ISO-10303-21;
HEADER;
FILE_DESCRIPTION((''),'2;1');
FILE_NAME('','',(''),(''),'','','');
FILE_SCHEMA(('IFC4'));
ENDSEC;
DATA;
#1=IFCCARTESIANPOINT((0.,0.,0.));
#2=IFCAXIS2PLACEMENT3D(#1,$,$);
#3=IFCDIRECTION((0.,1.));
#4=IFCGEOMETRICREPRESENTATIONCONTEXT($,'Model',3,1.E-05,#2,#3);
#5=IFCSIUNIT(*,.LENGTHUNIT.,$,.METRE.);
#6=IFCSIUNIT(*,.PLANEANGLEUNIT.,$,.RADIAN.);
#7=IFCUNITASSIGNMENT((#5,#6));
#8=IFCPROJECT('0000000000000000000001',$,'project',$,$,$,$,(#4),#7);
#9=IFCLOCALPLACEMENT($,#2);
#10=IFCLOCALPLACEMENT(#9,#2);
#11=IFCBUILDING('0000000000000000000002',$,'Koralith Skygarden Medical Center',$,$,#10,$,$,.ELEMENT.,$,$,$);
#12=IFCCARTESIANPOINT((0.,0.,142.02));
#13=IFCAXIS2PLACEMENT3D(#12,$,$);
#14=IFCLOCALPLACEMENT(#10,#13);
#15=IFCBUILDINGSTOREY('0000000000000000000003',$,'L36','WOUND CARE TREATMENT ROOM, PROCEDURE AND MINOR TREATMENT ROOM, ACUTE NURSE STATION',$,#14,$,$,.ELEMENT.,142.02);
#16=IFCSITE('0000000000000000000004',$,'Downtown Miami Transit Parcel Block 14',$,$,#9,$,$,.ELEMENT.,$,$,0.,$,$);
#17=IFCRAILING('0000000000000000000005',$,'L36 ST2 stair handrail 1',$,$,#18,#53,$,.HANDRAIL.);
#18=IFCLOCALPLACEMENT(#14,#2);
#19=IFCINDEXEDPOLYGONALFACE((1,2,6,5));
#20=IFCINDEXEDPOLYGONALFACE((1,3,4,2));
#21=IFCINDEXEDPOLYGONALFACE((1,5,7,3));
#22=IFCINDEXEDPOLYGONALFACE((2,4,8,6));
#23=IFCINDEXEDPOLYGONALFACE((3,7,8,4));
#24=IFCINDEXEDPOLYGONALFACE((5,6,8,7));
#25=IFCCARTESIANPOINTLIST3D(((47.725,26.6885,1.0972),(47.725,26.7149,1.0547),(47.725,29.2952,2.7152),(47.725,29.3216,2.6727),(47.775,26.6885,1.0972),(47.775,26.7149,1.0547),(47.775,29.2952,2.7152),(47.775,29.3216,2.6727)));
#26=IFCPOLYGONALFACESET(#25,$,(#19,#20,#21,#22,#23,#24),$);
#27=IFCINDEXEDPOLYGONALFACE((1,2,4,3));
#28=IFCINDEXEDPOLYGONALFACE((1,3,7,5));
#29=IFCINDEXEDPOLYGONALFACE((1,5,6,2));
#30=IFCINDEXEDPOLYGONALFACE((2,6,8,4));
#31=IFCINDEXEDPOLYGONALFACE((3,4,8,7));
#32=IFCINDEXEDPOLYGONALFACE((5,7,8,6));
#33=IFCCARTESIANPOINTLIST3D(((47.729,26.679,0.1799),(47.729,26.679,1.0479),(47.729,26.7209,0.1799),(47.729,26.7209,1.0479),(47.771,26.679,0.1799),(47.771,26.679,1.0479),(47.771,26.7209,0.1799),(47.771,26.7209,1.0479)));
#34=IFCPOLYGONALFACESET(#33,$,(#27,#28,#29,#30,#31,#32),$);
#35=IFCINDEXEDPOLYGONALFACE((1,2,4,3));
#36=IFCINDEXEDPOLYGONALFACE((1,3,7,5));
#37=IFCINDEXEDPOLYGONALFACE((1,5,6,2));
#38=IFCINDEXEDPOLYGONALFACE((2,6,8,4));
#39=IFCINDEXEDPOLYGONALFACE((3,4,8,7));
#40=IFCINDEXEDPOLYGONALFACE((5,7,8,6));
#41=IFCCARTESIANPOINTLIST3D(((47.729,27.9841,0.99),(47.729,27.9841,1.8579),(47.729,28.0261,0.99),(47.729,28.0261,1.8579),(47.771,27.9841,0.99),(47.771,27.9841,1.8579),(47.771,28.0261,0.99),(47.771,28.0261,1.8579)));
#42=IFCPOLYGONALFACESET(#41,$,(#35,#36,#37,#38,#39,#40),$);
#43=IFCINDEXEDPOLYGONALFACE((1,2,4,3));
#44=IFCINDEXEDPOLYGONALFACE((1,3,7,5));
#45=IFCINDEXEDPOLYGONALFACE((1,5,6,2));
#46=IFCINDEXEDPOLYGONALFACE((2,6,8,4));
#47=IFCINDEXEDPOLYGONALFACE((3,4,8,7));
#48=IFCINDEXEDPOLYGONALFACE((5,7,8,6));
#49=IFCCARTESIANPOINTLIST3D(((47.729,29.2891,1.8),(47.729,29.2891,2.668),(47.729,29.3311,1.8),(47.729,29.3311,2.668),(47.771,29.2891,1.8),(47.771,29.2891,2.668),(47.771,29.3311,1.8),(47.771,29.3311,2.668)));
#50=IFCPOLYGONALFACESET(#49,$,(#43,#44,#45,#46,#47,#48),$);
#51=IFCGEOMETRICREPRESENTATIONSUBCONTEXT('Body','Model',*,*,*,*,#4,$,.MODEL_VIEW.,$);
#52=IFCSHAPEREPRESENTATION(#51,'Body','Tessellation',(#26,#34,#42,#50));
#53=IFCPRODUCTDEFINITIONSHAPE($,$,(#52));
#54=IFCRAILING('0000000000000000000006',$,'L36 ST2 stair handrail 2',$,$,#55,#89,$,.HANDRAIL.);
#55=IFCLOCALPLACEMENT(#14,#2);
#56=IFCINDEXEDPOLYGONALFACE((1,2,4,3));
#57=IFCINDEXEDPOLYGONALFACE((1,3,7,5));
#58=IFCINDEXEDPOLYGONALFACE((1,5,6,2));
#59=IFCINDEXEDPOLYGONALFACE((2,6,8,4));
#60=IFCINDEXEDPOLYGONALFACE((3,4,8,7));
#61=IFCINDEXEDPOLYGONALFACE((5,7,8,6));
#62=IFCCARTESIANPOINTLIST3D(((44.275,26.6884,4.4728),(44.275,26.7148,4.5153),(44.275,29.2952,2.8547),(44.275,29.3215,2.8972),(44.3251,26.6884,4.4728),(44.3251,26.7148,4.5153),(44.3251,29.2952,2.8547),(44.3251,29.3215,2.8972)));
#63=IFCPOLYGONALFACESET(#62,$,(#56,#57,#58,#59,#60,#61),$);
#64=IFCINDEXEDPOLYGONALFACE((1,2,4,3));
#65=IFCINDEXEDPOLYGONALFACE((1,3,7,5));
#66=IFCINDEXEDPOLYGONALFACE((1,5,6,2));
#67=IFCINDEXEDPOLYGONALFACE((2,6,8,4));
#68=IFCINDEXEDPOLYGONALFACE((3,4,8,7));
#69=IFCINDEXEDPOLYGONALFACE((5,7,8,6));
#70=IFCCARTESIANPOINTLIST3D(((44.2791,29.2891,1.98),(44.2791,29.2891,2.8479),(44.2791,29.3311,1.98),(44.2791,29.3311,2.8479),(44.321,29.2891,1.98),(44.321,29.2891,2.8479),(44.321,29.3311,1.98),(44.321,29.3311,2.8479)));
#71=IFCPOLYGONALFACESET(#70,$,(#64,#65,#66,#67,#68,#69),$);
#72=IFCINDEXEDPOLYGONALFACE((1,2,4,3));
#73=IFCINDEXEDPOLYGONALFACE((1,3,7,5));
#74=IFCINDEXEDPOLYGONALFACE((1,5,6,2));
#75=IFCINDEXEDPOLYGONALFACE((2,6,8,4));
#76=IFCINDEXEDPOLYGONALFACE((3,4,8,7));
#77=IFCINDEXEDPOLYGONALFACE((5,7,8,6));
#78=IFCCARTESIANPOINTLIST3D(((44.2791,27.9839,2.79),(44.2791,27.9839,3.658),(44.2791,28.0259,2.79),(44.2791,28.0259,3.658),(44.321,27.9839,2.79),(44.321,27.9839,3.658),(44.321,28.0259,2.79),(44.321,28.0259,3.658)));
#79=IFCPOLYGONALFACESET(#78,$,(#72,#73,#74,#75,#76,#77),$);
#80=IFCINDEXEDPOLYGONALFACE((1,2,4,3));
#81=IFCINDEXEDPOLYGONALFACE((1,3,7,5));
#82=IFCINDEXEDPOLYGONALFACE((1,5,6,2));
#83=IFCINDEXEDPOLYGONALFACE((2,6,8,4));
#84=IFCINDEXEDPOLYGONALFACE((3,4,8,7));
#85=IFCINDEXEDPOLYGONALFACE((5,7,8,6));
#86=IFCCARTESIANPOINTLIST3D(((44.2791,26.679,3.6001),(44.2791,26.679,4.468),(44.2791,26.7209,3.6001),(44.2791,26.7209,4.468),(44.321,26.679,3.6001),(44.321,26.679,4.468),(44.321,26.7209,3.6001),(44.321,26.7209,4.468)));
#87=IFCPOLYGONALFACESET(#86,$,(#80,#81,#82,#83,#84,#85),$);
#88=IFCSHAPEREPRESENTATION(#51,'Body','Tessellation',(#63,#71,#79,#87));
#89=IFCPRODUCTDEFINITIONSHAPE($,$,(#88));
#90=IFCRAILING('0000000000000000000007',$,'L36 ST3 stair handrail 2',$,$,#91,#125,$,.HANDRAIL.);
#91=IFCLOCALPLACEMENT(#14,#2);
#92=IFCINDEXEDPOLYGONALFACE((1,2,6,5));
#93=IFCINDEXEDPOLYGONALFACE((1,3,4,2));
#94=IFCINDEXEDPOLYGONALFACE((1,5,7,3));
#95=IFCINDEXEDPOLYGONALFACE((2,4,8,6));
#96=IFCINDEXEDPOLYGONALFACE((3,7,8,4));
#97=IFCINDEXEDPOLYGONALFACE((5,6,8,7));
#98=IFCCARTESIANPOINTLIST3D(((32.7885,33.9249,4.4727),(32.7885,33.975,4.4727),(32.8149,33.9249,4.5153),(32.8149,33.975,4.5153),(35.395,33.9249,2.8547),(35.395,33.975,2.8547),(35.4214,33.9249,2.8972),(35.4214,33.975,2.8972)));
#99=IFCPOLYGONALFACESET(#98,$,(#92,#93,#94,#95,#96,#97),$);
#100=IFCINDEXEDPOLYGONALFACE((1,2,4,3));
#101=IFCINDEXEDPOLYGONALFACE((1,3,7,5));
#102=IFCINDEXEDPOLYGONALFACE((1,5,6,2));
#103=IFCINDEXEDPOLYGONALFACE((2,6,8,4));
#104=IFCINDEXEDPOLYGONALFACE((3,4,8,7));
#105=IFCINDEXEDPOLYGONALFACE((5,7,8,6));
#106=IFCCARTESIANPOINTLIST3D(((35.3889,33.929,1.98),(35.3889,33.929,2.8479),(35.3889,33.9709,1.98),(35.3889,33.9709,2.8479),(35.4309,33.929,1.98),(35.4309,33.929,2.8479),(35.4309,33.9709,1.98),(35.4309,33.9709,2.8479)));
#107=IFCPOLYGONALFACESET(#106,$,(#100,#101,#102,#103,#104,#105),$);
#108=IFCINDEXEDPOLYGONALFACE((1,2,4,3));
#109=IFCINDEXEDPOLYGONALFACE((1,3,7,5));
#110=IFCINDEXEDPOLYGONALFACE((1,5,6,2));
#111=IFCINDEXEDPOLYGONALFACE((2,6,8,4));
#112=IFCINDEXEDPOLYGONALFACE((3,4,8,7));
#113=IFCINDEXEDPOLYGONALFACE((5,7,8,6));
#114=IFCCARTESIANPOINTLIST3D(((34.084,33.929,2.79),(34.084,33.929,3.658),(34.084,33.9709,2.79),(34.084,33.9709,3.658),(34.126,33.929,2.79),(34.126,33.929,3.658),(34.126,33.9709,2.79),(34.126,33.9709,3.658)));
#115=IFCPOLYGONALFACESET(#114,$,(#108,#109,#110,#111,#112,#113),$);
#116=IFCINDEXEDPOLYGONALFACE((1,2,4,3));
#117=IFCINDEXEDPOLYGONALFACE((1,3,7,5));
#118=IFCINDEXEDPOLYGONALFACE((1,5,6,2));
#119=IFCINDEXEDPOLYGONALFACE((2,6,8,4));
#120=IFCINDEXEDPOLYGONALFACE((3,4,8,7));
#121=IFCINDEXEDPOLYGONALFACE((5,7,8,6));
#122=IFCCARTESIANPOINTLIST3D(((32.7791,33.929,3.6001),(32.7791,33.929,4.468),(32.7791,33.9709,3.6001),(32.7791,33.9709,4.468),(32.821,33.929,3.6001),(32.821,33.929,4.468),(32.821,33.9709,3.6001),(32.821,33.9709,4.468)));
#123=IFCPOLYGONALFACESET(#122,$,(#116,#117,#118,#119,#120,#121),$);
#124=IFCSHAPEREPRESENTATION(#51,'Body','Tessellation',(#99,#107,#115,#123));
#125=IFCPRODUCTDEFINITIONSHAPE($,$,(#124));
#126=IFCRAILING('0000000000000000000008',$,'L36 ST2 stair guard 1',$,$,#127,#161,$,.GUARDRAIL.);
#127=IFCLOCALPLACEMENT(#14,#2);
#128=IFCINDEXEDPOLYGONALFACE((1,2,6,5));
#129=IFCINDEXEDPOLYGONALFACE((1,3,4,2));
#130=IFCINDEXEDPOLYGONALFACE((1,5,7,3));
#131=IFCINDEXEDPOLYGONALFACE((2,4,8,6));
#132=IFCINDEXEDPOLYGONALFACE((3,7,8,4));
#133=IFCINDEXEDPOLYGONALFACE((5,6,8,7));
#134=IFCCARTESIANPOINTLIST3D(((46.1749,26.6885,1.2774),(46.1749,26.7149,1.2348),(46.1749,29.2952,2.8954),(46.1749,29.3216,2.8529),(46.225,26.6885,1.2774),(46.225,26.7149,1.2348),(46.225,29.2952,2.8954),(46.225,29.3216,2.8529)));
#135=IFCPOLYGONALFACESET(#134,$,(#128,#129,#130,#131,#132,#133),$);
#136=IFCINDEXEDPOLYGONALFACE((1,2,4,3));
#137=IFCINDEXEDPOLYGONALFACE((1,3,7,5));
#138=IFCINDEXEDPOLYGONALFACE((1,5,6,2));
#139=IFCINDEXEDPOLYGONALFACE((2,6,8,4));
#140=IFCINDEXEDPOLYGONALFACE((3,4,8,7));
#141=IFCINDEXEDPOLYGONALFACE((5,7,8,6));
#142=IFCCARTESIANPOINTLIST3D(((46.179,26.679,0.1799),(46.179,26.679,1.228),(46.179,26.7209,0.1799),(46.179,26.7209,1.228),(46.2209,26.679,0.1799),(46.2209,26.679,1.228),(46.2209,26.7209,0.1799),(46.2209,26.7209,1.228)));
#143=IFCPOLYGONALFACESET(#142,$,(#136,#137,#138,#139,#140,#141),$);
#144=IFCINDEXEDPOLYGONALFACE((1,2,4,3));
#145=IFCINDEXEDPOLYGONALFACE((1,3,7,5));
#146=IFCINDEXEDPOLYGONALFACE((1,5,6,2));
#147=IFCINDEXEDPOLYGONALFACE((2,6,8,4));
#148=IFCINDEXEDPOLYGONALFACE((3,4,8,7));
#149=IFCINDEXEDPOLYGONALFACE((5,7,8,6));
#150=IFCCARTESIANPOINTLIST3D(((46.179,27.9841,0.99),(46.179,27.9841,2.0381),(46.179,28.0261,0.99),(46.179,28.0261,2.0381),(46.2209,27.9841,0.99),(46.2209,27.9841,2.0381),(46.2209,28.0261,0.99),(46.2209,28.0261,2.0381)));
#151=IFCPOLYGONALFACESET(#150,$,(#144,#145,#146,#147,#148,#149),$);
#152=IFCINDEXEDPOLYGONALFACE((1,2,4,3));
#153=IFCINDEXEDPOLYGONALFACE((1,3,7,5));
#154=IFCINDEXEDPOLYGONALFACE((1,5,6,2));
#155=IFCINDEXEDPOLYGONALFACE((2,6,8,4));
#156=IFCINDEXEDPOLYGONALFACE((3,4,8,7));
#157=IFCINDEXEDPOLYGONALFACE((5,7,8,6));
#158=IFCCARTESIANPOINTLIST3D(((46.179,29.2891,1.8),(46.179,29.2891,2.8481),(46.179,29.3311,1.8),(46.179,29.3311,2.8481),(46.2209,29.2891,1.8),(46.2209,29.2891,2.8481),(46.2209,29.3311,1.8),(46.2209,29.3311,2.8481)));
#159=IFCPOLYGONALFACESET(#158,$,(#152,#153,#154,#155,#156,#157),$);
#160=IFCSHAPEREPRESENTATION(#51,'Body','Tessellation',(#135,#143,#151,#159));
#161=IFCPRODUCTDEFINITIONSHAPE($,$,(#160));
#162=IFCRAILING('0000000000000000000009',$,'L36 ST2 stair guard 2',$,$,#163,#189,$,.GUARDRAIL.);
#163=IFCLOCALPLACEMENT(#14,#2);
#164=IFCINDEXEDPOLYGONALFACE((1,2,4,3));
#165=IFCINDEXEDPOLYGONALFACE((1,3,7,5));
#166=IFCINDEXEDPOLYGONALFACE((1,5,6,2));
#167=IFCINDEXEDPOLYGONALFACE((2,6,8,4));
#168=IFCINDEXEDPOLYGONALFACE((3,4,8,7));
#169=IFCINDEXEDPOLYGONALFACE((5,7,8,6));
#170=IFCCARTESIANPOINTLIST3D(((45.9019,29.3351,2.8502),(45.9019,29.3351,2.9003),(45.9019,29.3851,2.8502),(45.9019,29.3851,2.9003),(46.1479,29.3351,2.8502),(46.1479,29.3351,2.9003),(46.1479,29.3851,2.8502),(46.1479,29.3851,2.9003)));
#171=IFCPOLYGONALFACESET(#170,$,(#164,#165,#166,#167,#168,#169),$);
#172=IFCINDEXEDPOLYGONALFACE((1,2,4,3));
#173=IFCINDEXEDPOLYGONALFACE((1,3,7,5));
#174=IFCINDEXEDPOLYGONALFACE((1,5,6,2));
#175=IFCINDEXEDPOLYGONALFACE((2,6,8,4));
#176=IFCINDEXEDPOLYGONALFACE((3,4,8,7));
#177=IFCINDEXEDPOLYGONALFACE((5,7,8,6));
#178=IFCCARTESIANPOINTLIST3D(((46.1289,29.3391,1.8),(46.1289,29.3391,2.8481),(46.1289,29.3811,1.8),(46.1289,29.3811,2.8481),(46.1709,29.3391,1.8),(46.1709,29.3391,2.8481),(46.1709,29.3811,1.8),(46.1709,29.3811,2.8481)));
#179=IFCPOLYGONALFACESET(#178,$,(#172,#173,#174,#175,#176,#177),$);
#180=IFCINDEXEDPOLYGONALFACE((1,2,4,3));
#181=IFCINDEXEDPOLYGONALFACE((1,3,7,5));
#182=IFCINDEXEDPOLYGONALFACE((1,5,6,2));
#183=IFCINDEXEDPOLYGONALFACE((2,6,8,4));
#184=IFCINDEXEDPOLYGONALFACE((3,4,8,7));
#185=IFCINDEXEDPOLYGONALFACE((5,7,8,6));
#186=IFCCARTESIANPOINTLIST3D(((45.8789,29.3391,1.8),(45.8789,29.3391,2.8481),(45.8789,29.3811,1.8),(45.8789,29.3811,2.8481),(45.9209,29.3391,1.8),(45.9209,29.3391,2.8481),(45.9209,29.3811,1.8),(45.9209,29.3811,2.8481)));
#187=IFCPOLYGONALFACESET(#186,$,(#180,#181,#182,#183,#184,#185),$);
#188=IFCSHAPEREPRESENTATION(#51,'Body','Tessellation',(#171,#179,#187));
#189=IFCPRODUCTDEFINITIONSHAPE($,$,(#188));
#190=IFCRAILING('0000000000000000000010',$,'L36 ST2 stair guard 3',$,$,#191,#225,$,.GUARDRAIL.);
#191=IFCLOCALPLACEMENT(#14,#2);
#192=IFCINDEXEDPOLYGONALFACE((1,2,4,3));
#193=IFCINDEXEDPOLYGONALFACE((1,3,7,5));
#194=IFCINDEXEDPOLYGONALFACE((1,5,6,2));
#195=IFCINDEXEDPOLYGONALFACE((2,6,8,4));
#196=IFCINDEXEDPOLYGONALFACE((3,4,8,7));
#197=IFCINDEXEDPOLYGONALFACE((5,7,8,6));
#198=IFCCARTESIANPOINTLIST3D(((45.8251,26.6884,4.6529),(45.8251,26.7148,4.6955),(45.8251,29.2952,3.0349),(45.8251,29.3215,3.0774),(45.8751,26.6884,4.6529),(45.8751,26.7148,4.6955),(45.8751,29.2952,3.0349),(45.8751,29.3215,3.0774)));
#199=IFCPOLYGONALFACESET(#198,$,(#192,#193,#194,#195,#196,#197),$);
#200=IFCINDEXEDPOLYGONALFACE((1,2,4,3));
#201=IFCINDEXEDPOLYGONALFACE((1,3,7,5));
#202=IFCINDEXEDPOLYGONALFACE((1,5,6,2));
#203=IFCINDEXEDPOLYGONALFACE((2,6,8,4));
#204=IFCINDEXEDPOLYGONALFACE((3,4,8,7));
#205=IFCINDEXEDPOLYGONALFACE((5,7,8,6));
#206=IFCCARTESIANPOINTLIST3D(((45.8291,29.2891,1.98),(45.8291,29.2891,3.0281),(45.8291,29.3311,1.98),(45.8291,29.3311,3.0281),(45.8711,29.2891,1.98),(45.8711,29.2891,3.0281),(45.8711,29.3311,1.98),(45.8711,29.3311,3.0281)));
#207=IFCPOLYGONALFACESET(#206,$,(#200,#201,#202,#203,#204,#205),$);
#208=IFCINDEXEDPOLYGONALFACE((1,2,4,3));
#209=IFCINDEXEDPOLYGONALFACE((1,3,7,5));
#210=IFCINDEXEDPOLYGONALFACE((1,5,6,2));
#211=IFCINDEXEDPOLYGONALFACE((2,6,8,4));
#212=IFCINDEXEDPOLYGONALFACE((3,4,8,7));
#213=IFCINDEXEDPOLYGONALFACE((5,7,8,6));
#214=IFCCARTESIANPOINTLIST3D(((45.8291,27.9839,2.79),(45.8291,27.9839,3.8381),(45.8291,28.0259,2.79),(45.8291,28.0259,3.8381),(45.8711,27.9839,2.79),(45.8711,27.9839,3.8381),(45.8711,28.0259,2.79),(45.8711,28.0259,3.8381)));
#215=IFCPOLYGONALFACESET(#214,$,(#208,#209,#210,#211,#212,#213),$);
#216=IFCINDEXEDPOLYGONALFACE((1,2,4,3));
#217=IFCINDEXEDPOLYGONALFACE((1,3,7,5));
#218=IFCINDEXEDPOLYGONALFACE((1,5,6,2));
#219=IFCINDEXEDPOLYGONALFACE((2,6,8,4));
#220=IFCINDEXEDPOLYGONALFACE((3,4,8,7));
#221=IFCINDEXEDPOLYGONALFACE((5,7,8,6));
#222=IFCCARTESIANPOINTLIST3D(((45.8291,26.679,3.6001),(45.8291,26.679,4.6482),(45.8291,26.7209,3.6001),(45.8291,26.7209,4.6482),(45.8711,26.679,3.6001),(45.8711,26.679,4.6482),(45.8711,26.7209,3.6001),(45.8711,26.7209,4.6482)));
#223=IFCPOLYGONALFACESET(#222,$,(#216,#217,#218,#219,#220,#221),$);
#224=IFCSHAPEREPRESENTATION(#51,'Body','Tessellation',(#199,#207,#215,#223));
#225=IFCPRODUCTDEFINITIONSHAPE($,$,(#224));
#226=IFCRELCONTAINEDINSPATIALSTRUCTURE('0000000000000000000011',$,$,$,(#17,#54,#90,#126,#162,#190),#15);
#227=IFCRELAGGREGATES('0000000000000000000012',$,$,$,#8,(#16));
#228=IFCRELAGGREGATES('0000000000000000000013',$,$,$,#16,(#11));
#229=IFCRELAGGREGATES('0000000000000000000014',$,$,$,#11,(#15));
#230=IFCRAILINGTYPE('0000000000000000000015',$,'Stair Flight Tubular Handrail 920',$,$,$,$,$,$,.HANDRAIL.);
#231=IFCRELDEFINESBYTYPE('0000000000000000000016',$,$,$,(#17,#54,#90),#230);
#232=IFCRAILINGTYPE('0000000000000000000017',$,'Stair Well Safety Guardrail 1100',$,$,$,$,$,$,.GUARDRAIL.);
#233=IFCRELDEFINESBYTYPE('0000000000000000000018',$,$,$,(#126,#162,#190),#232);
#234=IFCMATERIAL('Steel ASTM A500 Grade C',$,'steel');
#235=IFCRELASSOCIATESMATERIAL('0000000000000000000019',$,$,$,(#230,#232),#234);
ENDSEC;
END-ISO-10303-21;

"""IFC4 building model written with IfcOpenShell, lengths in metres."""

from ifc_helpers import new_model, si_unit, direction, frame, origin, origin_2d, place, context, subcontext, project, spatial, rectangle, extrude, material, type_object, element, save


model = new_model("IFC4")

# Units and contexts
model_context = context("Model", 3, precision=1e-05, world=origin(), true_north=direction((0.0, 1.0)))
body_context = subcontext(model_context, "Body", "Model", "MODEL_VIEW")
ifc_project = project(units=[si_unit("LENGTHUNIT", "METRE"), si_unit("PLANEANGLEUNIT", "RADIAN")], contexts=[model_context])

# Site, building, storey
site_placement = place(None, origin())
site = spatial("IfcSite", under=ifc_project, at=site_placement, Name="Downtown Miami Transit Parcel Block 14", CompositionType="ELEMENT", RefElevation=0.0)
building_placement = place(site_placement, origin())
building = spatial("IfcBuilding", under=site, at=building_placement, Name="Koralith Skygarden Medical Center", CompositionType="ELEMENT")
storey_placement = place(building_placement, frame((0.0, 0.0, 142.02)))
storey = spatial("IfcBuildingStorey", under=building, at=storey_placement, Name="L36", Description="WOUND CARE TREATMENT ROOM, PROCEDURE AND MINOR TREATMENT ROOM, ACUTE NURSE STATION", CompositionType="ELEMENT", Elevation=142.02)

# Shared definitions
ifc_material_1 = material(Name="Steel ASTM A500 Grade C", Category="steel")

# Railings
railing_type_1 = type_object("IfcRailingType", Name="Stair Flight Tubular Handrail 920", PredefinedType="HANDRAIL", material=ifc_material_1)
railing_1_placement = place(storey_placement, frame((47.75, 26.7, 0.1799)))
element("IfcRailing", 1, at=railing_1_placement, inside=storey, type_object=railing_type_1, Name="L36 ST2 stair handrail 1", PredefinedType="HANDRAIL", context=body_context, shape_type="SweptSolid", body=[
    extrude(rectangle(XDim=0.05, YDim=0.05, at=origin_2d()), frame((0.0, 0.0017, 0.896), z_axis=(0.0, 0.849633, 0.527375), x_axis=(-1.0, 0.0, 0.0)), (0.0, 0.0, 1.0), 3.0681),
    extrude(rectangle(XDim=0.042, YDim=0.042, at=origin_2d()), origin(), (0.0, 0.0, 1.0), 0.8679),
    extrude(rectangle(XDim=0.042, YDim=0.042, at=origin_2d()), frame((0.0, 1.3052, 0.8101)), (0.0, 0.0, 1.0), 0.8679),
    extrude(rectangle(XDim=0.042, YDim=0.042, at=origin_2d()), frame((0.0, 2.6101, 1.6201)), (0.0, 0.0, 1.0), 0.8679),
])
railing_2_placement = place(storey_placement, frame((44.3, 29.3101, 1.98)))
element("IfcRailing", 2, at=railing_2_placement, inside=storey, type_object=railing_type_1, Name="L36 ST2 stair handrail 2", PredefinedType="HANDRAIL", context=body_context, shape_type="SweptSolid", body=[
    extrude(rectangle(XDim=0.05, YDim=0.05, at=origin_2d()), frame((0.0, -0.0017, 0.896), z_axis=(0.0, -0.849633, 0.527375), x_axis=(1.0, 0.0, 0.0)), (0.0, 0.0, 1.0), 3.0681),
    extrude(rectangle(XDim=0.042, YDim=0.042, at=origin_2d()), origin(), (0.0, 0.0, 1.0), 0.8679),
    extrude(rectangle(XDim=0.042, YDim=0.042, at=origin_2d()), frame((0.0, -1.3052, 0.8101)), (0.0, 0.0, 1.0), 0.8679),
    extrude(rectangle(XDim=0.042, YDim=0.042, at=origin_2d()), frame((0.0, -2.6101, 1.6201)), (0.0, 0.0, 1.0), 0.8679),
])
railing_3_placement = place(storey_placement, frame((35.4099, 33.95, 1.98)))
element("IfcRailing", 3, at=railing_3_placement, inside=storey, type_object=railing_type_1, Name="L36 ST3 stair handrail 2", PredefinedType="HANDRAIL", context=body_context, shape_type="SweptSolid", body=[
    extrude(rectangle(XDim=0.05, YDim=0.05, at=origin_2d()), frame((-0.0017, 0.0, 0.896), z_axis=(-0.849611, 0.0, 0.52741), x_axis=(0.0, -1.0, 0.0)), (0.0, 0.0, 1.0), 3.0679),
    extrude(rectangle(XDim=0.042, YDim=0.042, at=origin_2d()), origin(), (0.0, 0.0, 1.0), 0.8679),
    extrude(rectangle(XDim=0.042, YDim=0.042, at=origin_2d()), frame((-1.3049, 0.0, 0.8101)), (0.0, 0.0, 1.0), 0.8679),
    extrude(rectangle(XDim=0.042, YDim=0.042, at=origin_2d()), frame((-2.6099, 0.0, 1.6201)), (0.0, 0.0, 1.0), 0.8679),
])
railing_type_2 = type_object("IfcRailingType", Name="Stair Well Safety Guardrail 1100", PredefinedType="GUARDRAIL", material=ifc_material_1)
railing_4_placement = place(storey_placement, frame((46.2, 26.7, 0.1799)))
element("IfcRailing", 4, at=railing_4_placement, inside=storey, type_object=railing_type_2, Name="L36 ST2 stair guard 1", PredefinedType="GUARDRAIL", context=body_context, shape_type="SweptSolid", body=[
    extrude(rectangle(XDim=0.05, YDim=0.05, at=origin_2d()), frame((0.0, 0.0017, 1.0762), z_axis=(0.0, 0.849633, 0.527375), x_axis=(-1.0, 0.0, 0.0)), (0.0, 0.0, 1.0), 3.0681),
    extrude(rectangle(XDim=0.042, YDim=0.042, at=origin_2d()), origin(), (0.0, 0.0, 1.0), 1.0481),
    extrude(rectangle(XDim=0.042, YDim=0.042, at=origin_2d()), frame((0.0, 1.3052, 0.8101)), (0.0, 0.0, 1.0), 1.0481),
    extrude(rectangle(XDim=0.042, YDim=0.042, at=origin_2d()), frame((0.0, 2.6101, 1.6201)), (0.0, 0.0, 1.0), 1.0481),
])
railing_5_placement = place(storey_placement, frame((46.1499, 29.3601, 1.8)))
element("IfcRailing", 5, at=railing_5_placement, inside=storey, type_object=railing_type_2, Name="L36 ST2 stair guard 2", PredefinedType="GUARDRAIL", context=body_context, shape_type="SweptSolid", body=[
    extrude(rectangle(XDim=0.05, YDim=0.05, at=origin_2d()), frame((-0.002, 0.0, 1.0752), z_axis=(-1.0, 0.0, 0.0), x_axis=(0.0, -1.0, 0.0)), (0.0, 0.0, 1.0), 0.2461),
    extrude(rectangle(XDim=0.042, YDim=0.042, at=origin_2d()), origin(), (0.0, 0.0, 1.0), 1.0481),
    extrude(rectangle(XDim=0.042, YDim=0.042, at=origin_2d()), frame((-0.25, 0.0, 0.0)), (0.0, 0.0, 1.0), 1.0481),
])
railing_6_placement = place(storey_placement, frame((45.8501, 29.3101, 1.98)))
element("IfcRailing", 6, at=railing_6_placement, inside=storey, type_object=railing_type_2, Name="L36 ST2 stair guard 3", PredefinedType="GUARDRAIL", context=body_context, shape_type="SweptSolid", body=[
    extrude(rectangle(XDim=0.05, YDim=0.05, at=origin_2d()), frame((0.0, -0.0017, 1.0762), z_axis=(0.0, -0.849633, 0.527375), x_axis=(1.0, 0.0, 0.0)), (0.0, 0.0, 1.0), 3.0681),
    extrude(rectangle(XDim=0.042, YDim=0.042, at=origin_2d()), origin(), (0.0, 0.0, 1.0), 1.0481),
    extrude(rectangle(XDim=0.042, YDim=0.042, at=origin_2d()), frame((0.0, -1.3052, 0.8101)), (0.0, 0.0, 1.0), 1.0481),
    extrude(rectangle(XDim=0.042, YDim=0.042, at=origin_2d()), frame((0.0, -2.6101, 1.6201)), (0.0, 0.0, 1.0), 1.0481),
])

save(model, "model.ifc")
